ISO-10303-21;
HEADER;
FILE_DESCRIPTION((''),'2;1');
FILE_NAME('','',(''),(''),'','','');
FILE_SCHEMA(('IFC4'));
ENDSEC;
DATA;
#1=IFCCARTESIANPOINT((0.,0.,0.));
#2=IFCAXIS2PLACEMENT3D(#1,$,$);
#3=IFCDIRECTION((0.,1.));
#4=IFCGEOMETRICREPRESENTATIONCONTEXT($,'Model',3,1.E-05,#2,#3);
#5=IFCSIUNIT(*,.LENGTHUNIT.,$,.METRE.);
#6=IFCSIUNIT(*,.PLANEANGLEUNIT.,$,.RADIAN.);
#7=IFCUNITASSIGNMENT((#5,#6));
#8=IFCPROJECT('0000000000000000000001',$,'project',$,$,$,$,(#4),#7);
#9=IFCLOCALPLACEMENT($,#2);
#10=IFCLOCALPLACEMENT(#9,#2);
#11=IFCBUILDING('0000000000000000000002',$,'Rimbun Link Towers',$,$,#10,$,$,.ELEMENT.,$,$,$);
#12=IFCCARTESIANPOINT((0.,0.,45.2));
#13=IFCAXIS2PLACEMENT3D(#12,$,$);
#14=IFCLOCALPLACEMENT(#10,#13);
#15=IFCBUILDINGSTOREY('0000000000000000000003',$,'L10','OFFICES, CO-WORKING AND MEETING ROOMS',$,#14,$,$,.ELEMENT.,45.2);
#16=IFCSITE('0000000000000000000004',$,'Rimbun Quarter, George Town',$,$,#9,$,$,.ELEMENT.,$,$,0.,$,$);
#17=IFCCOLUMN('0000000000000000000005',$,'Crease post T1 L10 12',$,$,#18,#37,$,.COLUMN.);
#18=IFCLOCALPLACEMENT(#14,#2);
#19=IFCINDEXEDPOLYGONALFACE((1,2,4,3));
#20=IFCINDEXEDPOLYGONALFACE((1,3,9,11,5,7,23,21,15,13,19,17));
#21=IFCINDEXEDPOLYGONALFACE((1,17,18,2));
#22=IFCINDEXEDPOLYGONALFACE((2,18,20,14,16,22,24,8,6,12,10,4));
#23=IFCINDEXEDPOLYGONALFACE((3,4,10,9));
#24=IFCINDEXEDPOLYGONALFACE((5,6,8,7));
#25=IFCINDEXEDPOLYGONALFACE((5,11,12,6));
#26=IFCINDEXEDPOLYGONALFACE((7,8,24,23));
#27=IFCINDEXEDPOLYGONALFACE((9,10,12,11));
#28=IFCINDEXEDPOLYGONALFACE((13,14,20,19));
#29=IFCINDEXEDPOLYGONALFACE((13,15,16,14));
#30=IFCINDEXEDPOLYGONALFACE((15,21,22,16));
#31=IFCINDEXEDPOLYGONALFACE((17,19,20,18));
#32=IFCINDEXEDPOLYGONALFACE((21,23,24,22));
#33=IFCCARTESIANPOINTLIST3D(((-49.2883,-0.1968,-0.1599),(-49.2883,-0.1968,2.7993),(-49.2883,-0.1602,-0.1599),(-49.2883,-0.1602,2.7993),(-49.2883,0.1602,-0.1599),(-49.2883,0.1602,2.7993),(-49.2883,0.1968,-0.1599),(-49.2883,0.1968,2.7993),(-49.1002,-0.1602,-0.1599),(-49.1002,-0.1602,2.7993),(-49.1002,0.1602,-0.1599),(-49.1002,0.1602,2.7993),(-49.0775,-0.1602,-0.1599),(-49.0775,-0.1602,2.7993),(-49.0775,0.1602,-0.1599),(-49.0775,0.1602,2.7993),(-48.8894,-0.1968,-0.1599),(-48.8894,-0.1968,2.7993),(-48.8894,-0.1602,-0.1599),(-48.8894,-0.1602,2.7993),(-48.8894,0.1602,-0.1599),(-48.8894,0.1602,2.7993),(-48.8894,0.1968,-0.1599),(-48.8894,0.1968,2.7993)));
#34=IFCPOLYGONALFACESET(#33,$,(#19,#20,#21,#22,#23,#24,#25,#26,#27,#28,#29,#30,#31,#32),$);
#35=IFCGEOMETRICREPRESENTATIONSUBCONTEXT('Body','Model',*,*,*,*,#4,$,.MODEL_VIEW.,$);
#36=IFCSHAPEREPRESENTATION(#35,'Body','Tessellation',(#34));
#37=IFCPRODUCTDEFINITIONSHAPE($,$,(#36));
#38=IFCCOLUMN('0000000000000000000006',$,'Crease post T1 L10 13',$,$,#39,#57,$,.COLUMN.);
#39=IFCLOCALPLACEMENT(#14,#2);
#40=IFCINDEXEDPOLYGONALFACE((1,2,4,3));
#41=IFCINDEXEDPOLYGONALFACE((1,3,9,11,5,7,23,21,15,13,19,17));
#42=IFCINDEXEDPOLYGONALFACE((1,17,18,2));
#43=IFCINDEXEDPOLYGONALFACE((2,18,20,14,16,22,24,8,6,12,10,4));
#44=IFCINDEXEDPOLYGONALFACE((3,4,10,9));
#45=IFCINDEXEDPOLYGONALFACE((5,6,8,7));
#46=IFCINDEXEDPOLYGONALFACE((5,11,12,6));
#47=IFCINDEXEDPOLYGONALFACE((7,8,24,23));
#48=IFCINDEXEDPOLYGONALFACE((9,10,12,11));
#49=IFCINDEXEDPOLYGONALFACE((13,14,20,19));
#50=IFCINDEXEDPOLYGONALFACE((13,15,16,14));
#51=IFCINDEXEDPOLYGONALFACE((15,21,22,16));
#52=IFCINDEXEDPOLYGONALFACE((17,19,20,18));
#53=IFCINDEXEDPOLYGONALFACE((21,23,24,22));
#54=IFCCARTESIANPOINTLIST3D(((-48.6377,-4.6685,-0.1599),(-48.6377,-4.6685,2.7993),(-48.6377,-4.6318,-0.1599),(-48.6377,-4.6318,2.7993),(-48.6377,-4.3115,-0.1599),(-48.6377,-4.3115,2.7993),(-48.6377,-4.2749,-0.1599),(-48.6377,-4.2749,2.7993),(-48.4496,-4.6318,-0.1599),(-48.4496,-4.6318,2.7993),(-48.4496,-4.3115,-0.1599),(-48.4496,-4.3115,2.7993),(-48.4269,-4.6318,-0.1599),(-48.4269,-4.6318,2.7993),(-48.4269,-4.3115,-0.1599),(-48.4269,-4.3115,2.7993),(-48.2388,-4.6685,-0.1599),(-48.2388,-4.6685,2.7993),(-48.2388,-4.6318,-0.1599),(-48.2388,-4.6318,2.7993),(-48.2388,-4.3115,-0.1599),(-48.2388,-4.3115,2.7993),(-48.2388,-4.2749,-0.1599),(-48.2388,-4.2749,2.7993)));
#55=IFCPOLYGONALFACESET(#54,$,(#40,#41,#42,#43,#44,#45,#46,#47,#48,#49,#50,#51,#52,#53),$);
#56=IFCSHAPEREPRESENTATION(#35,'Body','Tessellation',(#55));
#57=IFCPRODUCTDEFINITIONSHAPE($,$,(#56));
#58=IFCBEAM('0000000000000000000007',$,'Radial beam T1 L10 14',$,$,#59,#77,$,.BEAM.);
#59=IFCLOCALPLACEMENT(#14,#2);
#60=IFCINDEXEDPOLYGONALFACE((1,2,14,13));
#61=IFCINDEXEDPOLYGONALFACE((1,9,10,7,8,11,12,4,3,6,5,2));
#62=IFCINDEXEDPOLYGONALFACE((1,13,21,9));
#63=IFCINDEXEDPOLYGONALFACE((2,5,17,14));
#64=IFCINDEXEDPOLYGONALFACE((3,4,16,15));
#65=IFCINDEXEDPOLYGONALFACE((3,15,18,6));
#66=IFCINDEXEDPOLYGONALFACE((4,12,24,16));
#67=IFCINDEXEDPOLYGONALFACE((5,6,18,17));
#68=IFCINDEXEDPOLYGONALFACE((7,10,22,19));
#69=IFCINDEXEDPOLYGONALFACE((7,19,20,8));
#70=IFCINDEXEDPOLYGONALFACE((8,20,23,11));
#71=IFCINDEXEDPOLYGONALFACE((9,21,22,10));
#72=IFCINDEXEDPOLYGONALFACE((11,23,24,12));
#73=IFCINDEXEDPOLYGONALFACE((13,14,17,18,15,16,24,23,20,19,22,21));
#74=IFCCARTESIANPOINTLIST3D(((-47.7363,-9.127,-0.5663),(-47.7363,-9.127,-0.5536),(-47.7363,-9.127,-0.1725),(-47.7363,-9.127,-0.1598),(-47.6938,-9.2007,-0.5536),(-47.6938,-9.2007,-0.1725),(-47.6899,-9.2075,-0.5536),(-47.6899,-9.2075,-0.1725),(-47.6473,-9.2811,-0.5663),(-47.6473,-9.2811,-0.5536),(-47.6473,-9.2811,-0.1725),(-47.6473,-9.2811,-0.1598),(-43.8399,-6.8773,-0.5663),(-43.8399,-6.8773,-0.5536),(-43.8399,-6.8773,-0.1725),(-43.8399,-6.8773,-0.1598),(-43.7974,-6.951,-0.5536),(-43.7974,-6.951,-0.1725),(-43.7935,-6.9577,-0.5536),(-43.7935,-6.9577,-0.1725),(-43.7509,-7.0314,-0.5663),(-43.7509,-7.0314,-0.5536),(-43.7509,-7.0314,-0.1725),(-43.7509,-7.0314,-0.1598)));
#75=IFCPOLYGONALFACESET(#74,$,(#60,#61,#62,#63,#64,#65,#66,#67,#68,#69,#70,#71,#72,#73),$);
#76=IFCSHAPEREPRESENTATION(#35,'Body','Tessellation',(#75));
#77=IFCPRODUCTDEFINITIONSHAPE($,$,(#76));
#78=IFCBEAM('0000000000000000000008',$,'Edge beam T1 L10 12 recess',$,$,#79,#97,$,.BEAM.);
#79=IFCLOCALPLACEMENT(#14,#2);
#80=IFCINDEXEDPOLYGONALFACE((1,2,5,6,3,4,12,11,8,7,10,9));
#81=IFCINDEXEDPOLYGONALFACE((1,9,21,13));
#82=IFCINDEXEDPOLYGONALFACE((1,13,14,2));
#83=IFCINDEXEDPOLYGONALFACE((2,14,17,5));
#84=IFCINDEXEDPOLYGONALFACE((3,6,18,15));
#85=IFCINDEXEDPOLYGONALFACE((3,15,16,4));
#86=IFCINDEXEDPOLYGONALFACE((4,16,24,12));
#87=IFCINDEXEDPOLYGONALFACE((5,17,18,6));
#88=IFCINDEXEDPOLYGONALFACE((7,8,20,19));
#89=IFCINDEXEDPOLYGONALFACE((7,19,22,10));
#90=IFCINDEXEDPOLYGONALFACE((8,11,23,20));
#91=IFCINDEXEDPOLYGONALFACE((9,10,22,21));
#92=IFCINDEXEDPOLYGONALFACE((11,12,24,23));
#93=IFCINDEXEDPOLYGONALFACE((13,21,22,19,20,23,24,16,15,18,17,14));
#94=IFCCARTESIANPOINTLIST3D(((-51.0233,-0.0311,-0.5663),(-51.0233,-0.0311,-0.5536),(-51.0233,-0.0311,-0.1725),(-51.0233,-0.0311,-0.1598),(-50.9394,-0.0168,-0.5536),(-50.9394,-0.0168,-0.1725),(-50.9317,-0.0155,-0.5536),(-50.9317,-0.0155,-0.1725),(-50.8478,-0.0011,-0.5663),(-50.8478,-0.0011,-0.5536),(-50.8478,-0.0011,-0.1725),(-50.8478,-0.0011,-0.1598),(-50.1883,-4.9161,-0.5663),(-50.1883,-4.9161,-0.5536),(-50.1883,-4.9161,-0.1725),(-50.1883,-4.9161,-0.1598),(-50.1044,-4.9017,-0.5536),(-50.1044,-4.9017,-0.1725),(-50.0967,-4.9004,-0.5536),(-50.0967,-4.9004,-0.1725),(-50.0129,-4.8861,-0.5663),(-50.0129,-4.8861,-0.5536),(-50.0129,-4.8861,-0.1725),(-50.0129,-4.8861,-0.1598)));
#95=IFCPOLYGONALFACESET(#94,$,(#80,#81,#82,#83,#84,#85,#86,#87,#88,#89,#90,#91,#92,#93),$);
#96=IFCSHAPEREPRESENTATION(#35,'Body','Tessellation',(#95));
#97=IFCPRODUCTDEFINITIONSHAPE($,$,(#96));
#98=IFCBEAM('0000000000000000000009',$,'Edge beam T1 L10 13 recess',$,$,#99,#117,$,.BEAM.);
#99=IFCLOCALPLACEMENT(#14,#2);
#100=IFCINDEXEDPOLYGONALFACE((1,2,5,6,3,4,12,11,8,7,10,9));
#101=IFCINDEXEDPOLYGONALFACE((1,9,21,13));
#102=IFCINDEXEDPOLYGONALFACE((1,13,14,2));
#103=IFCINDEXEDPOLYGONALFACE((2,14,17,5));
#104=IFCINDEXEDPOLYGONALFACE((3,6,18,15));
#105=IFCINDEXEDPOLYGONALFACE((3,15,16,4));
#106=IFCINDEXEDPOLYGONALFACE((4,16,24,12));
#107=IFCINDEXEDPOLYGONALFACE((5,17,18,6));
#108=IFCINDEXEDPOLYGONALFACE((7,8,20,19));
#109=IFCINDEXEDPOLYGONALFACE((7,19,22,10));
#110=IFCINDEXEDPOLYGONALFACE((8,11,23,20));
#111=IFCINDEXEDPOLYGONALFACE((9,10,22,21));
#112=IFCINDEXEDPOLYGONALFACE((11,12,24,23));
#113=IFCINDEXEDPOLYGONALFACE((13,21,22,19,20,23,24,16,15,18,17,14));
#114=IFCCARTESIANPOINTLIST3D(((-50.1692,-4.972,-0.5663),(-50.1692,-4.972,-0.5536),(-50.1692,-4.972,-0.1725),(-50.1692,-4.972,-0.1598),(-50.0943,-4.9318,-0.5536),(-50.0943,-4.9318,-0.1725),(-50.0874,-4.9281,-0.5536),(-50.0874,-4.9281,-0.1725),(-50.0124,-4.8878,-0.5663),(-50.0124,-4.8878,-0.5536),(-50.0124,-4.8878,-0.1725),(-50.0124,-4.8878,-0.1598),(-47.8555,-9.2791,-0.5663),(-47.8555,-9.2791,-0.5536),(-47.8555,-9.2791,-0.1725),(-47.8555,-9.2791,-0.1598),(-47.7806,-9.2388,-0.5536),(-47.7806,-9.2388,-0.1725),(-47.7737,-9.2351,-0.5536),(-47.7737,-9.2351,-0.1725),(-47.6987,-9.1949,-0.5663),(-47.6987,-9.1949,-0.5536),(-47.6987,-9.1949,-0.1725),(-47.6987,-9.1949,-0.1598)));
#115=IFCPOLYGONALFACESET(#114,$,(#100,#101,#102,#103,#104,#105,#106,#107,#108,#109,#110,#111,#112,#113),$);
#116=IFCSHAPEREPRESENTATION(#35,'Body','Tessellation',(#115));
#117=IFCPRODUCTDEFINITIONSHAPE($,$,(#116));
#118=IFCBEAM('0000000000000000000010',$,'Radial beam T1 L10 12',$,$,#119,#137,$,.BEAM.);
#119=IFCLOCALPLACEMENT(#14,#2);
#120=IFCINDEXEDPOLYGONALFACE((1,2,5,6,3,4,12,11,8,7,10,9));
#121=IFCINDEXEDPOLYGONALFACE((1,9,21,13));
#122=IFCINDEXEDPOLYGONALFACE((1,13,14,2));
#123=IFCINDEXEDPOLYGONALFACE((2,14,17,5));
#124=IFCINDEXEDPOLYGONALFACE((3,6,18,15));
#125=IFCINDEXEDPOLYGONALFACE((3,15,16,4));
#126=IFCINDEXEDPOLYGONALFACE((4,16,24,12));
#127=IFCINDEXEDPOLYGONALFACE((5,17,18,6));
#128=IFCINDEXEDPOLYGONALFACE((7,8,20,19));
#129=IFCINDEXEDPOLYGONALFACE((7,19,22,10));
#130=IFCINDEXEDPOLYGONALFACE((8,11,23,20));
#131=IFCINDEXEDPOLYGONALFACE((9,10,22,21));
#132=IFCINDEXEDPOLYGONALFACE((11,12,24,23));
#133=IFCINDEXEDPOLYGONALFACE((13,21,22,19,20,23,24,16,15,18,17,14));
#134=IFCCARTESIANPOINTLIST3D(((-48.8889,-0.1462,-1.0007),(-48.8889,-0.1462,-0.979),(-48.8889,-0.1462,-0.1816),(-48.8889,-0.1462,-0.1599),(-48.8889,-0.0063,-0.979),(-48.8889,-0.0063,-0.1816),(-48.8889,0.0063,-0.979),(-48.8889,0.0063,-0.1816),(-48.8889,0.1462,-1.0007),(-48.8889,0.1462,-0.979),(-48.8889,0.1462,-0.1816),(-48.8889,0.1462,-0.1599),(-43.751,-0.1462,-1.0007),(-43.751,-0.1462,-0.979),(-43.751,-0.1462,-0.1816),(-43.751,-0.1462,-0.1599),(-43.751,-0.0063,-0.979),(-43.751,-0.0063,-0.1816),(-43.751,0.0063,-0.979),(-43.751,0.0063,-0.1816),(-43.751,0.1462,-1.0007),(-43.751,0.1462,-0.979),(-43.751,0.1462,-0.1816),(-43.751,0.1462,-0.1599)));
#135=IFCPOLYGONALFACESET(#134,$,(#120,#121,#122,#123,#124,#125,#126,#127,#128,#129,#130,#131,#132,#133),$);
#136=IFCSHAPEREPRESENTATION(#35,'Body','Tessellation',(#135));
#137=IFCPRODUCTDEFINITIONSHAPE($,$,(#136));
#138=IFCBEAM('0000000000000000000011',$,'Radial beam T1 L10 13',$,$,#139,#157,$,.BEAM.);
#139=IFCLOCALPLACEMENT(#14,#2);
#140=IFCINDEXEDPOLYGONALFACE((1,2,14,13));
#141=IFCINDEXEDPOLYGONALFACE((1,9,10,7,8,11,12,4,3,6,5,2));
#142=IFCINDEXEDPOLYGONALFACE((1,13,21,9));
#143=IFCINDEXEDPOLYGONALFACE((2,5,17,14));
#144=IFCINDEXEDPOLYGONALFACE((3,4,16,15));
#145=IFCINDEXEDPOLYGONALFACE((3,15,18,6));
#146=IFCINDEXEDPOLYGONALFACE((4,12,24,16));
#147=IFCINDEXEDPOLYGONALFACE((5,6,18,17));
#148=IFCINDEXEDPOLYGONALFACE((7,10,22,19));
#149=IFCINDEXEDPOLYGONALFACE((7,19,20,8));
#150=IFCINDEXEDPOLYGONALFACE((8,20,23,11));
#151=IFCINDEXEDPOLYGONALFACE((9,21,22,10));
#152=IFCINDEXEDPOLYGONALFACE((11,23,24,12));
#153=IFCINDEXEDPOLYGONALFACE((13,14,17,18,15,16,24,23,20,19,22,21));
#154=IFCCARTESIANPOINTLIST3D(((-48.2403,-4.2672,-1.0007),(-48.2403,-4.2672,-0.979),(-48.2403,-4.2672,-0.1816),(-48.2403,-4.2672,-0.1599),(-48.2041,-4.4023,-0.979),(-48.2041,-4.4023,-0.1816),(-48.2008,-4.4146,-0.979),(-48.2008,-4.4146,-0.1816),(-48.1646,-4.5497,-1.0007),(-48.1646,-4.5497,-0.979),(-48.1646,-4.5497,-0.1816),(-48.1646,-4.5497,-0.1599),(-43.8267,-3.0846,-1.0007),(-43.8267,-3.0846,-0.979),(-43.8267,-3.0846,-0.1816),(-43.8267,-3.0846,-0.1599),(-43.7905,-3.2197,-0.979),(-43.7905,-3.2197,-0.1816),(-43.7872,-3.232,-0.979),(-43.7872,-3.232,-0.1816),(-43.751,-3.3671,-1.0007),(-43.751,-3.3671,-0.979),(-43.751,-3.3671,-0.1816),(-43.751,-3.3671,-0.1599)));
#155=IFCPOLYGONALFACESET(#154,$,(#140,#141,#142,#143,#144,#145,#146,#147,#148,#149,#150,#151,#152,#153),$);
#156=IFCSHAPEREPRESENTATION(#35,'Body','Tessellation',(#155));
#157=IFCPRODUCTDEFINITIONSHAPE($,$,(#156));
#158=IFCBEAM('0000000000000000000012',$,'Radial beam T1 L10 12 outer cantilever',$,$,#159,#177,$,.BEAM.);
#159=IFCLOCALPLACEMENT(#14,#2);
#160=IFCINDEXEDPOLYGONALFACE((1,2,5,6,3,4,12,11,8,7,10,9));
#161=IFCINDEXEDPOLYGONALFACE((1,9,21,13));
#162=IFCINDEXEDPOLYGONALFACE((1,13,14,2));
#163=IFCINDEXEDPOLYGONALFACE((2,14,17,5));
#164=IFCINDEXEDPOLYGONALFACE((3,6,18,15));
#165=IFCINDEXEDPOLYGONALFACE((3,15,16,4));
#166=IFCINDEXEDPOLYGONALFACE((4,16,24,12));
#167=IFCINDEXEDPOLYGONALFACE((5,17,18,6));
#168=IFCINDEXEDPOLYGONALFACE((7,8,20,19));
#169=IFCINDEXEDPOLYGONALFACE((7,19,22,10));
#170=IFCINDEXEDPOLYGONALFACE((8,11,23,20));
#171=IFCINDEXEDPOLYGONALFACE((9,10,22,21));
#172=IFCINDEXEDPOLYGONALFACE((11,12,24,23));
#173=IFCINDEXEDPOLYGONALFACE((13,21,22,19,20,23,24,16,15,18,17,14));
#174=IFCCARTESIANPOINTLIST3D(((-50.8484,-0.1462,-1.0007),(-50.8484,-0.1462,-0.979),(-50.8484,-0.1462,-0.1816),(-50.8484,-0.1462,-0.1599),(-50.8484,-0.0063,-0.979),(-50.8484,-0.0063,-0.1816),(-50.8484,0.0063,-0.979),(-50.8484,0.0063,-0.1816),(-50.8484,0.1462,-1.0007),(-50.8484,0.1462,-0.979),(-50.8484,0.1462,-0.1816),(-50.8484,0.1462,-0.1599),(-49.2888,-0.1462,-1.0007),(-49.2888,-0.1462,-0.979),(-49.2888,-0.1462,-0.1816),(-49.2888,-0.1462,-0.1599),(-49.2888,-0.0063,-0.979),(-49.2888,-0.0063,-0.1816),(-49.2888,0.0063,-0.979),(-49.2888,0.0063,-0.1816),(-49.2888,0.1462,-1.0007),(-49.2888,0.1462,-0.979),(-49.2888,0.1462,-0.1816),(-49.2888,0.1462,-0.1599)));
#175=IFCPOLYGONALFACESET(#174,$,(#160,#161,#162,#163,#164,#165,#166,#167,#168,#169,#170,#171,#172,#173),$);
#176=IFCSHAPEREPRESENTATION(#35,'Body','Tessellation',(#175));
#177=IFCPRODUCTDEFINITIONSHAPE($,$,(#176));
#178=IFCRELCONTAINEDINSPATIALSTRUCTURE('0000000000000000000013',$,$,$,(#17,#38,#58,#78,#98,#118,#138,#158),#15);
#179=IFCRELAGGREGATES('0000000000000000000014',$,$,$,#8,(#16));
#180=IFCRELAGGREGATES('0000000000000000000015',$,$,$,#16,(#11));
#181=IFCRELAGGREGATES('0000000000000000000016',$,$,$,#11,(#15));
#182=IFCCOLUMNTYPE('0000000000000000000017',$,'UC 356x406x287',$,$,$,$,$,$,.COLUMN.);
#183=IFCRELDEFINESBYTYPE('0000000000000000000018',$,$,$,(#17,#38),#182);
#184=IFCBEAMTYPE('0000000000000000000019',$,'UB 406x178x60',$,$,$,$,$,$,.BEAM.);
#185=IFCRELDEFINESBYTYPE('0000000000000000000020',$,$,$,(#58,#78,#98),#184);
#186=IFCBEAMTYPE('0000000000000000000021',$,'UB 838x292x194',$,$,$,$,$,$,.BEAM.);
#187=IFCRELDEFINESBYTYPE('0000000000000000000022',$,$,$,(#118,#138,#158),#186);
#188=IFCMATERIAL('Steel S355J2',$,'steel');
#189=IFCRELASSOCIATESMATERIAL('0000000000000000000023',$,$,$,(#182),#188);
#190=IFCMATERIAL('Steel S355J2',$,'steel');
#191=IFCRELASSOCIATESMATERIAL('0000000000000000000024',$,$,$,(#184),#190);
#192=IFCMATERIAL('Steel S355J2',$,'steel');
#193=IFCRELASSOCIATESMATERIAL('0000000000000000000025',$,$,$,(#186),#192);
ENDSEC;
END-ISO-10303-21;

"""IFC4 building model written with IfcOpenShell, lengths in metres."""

from ifc_helpers import new_model, si_unit, direction, frame, origin, origin_2d, place, context, subcontext, project, spatial, i_section, extrude, material, material_profile, profile_set, type_object, element, save


model = new_model("IFC4")

# Units and contexts
model_context = context("Model", 3, precision=1e-05, world=origin(), true_north=direction((0.0, 1.0)))
body_context = subcontext(model_context, "Body", "Model", "MODEL_VIEW")
ifc_project = project(units=[si_unit("LENGTHUNIT", "METRE"), si_unit("PLANEANGLEUNIT", "RADIAN")], contexts=[model_context])

# Site, building, storey
site_placement = place(None, origin())
site = spatial("IfcSite", under=ifc_project, at=site_placement, Name="Rimbun Quarter, George Town", CompositionType="ELEMENT", RefElevation=0.0)
building_placement = place(site_placement, origin())
building = spatial("IfcBuilding", under=site, at=building_placement, Name="Rimbun Link Towers", CompositionType="ELEMENT")
storey_placement = place(building_placement, frame((0.0, 0.0, 45.2)))
storey = spatial("IfcBuildingStorey", under=building, at=storey_placement, Name="L10", Description="OFFICES, CO-WORKING AND MEETING ROOMS", CompositionType="ELEMENT", Elevation=45.2)

# Columns
ifc_material_1 = material(Name="Steel S355J2", Category="steel")
ifc_material_profile_1 = material_profile(ifc_material_1, i_section(OverallWidth=0.3989, OverallDepth=0.3936, WebThickness=0.0227, FlangeThickness=0.0366, at=origin_2d()), Name="UC 356x406x287")
ifc_profile_set_1 = profile_set([ifc_material_profile_1], Name="Steel S355J2")
column_type = type_object("IfcColumnType", Name="UC 356x406x287", PredefinedType="COLUMN", material=ifc_profile_set_1)
for number, where, z_axis, x_axis, name in (
    (1, (-49.0889, 0.0, -0.1599), (0.0, 0.0, 1.0), (1.0, 0.0, 0.0), "Crease post T1 L10 12"),
    (2, (-48.4382, -4.4717, -0.1599), (0.0, 0.0, 1.0), (1.0, 0.0, 0.0), "Crease post T1 L10 13"),
):
    element("IfcColumn", number, at=place(storey_placement, frame(where, z_axis=z_axis, x_axis=x_axis)), inside=storey, type_object=column_type, Name=name, PredefinedType="COLUMN", context=body_context, shape_type="SweptSolid", body=[
        extrude(i_section(OverallWidth=0.3989, OverallDepth=0.3936, WebThickness=0.0227, FlangeThickness=0.0366, at=origin_2d()), origin(), (0.0, 0.0, 1.0), 2.9592),
    ])

# Beams
ifc_material_2 = material(Name="Steel S355J2", Category="steel")
ifc_material_profile_2 = material_profile(ifc_material_2, i_section(OverallWidth=0.178, OverallDepth=0.4065, WebThickness=0.0078, FlangeThickness=0.0127, at=origin_2d()), Name="UB 406x178x60")
ifc_profile_set_2 = profile_set([ifc_material_profile_2], Name="Steel S355J2")
beam_type_1 = type_object("IfcBeamType", Name="UB 406x178x60", PredefinedType="BEAM", material=ifc_profile_set_2)
beam_1_placement = place(storey_placement, frame((-43.7954, -6.9543, -0.363), z_axis=(-0.866014, -0.50002, 0.0), x_axis=(0.50002, -0.866014, 0.0)))
element("IfcBeam", 3, at=beam_1_placement, inside=storey, type_object=beam_type_1, Name="Radial beam T1 L10 14", PredefinedType="BEAM", context=body_context, shape_type="SweptSolid", body=[
    extrude(i_section(OverallWidth=0.178, OverallDepth=0.4065, WebThickness=0.0078, FlangeThickness=0.0127, at=origin_2d()), origin(), (0.0, 0.0, 1.0), 4.4993),
])
beam_2_placement = place(storey_placement, frame((-50.9355, -0.0161, -0.363), z_axis=(0.16848, -0.985705, 0.0), x_axis=(0.985705, 0.16848, 0.0)))
element("IfcBeam", 4, at=beam_2_placement, inside=storey, type_object=beam_type_1, Name="Edge beam T1 L10 12 recess", PredefinedType="BEAM", context=body_context, shape_type="SweptSolid", body=[
    extrude(i_section(OverallWidth=0.178, OverallDepth=0.4065, WebThickness=0.0078, FlangeThickness=0.0127, at=origin_2d()), origin(), (0.0, 0.0, 1.0), 4.9558),
])
beam_3_placement = place(storey_placement, frame((-50.0908, -4.9299, -0.363), z_axis=(0.473227, -0.88094, 0.0), x_axis=(0.88094, 0.473227, 0.0)))
element("IfcBeam", 5, at=beam_3_placement, inside=storey, type_object=beam_type_1, Name="Edge beam T1 L10 13 recess", PredefinedType="BEAM", context=body_context, shape_type="SweptSolid", body=[
    extrude(i_section(OverallWidth=0.178, OverallDepth=0.4065, WebThickness=0.0078, FlangeThickness=0.0127, at=origin_2d()), origin(), (0.0, 0.0, 1.0), 4.8892),
])
ifc_material_3 = material(Name="Steel S355J2", Category="steel")
ifc_material_profile_3 = material_profile(ifc_material_3, i_section(OverallWidth=0.2925, OverallDepth=0.8408, WebThickness=0.0127, FlangeThickness=0.0217, at=origin_2d()), Name="UB 838x292x194")
ifc_profile_set_3 = profile_set([ifc_material_profile_3], Name="Steel S355J2")
beam_type_2 = type_object("IfcBeamType", Name="UB 838x292x194", PredefinedType="BEAM", material=ifc_profile_set_3)
beam_4_placement = place(storey_placement, frame((-43.751, 0.0, -0.5803), z_axis=(-1.0, 0.0, 0.0), x_axis=(0.0, -1.0, 0.0)))
element("IfcBeam", 6, at=beam_4_placement, inside=storey, type_object=beam_type_2, Name="Radial beam T1 L10 12", PredefinedType="BEAM", context=body_context, shape_type="SweptSolid", body=[
    extrude(i_section(OverallWidth=0.2925, OverallDepth=0.8408, WebThickness=0.0127, FlangeThickness=0.0217, at=origin_2d()), origin(), (0.0, 0.0, 1.0), 5.1379),
])
beam_5_placement = place(storey_placement, frame((-43.7888, -3.2258, -0.5803), z_axis=(-0.965926, -0.25882, 0.0), x_axis=(0.25882, -0.965926, 0.0)))
element("IfcBeam", 7, at=beam_5_placement, inside=storey, type_object=beam_type_2, Name="Radial beam T1 L10 13", PredefinedType="BEAM", context=body_context, shape_type="SweptSolid", body=[
    extrude(i_section(OverallWidth=0.2925, OverallDepth=0.8408, WebThickness=0.0127, FlangeThickness=0.0217, at=origin_2d()), origin(), (0.0, 0.0, 1.0), 4.5693),
])
beam_6_placement = place(storey_placement, frame((-49.2888, 0.0, -0.5803), z_axis=(-1.0, 0.0, 0.0), x_axis=(0.0, -1.0, 0.0)))
element("IfcBeam", 8, at=beam_6_placement, inside=storey, type_object=beam_type_2, Name="Radial beam T1 L10 12 outer cantilever", PredefinedType="BEAM", context=body_context, shape_type="SweptSolid", body=[
    extrude(i_section(OverallWidth=0.2925, OverallDepth=0.8408, WebThickness=0.0127, FlangeThickness=0.0217, at=origin_2d()), origin(), (0.0, 0.0, 1.0), 1.5596),
])

save(model, "model.ifc")
